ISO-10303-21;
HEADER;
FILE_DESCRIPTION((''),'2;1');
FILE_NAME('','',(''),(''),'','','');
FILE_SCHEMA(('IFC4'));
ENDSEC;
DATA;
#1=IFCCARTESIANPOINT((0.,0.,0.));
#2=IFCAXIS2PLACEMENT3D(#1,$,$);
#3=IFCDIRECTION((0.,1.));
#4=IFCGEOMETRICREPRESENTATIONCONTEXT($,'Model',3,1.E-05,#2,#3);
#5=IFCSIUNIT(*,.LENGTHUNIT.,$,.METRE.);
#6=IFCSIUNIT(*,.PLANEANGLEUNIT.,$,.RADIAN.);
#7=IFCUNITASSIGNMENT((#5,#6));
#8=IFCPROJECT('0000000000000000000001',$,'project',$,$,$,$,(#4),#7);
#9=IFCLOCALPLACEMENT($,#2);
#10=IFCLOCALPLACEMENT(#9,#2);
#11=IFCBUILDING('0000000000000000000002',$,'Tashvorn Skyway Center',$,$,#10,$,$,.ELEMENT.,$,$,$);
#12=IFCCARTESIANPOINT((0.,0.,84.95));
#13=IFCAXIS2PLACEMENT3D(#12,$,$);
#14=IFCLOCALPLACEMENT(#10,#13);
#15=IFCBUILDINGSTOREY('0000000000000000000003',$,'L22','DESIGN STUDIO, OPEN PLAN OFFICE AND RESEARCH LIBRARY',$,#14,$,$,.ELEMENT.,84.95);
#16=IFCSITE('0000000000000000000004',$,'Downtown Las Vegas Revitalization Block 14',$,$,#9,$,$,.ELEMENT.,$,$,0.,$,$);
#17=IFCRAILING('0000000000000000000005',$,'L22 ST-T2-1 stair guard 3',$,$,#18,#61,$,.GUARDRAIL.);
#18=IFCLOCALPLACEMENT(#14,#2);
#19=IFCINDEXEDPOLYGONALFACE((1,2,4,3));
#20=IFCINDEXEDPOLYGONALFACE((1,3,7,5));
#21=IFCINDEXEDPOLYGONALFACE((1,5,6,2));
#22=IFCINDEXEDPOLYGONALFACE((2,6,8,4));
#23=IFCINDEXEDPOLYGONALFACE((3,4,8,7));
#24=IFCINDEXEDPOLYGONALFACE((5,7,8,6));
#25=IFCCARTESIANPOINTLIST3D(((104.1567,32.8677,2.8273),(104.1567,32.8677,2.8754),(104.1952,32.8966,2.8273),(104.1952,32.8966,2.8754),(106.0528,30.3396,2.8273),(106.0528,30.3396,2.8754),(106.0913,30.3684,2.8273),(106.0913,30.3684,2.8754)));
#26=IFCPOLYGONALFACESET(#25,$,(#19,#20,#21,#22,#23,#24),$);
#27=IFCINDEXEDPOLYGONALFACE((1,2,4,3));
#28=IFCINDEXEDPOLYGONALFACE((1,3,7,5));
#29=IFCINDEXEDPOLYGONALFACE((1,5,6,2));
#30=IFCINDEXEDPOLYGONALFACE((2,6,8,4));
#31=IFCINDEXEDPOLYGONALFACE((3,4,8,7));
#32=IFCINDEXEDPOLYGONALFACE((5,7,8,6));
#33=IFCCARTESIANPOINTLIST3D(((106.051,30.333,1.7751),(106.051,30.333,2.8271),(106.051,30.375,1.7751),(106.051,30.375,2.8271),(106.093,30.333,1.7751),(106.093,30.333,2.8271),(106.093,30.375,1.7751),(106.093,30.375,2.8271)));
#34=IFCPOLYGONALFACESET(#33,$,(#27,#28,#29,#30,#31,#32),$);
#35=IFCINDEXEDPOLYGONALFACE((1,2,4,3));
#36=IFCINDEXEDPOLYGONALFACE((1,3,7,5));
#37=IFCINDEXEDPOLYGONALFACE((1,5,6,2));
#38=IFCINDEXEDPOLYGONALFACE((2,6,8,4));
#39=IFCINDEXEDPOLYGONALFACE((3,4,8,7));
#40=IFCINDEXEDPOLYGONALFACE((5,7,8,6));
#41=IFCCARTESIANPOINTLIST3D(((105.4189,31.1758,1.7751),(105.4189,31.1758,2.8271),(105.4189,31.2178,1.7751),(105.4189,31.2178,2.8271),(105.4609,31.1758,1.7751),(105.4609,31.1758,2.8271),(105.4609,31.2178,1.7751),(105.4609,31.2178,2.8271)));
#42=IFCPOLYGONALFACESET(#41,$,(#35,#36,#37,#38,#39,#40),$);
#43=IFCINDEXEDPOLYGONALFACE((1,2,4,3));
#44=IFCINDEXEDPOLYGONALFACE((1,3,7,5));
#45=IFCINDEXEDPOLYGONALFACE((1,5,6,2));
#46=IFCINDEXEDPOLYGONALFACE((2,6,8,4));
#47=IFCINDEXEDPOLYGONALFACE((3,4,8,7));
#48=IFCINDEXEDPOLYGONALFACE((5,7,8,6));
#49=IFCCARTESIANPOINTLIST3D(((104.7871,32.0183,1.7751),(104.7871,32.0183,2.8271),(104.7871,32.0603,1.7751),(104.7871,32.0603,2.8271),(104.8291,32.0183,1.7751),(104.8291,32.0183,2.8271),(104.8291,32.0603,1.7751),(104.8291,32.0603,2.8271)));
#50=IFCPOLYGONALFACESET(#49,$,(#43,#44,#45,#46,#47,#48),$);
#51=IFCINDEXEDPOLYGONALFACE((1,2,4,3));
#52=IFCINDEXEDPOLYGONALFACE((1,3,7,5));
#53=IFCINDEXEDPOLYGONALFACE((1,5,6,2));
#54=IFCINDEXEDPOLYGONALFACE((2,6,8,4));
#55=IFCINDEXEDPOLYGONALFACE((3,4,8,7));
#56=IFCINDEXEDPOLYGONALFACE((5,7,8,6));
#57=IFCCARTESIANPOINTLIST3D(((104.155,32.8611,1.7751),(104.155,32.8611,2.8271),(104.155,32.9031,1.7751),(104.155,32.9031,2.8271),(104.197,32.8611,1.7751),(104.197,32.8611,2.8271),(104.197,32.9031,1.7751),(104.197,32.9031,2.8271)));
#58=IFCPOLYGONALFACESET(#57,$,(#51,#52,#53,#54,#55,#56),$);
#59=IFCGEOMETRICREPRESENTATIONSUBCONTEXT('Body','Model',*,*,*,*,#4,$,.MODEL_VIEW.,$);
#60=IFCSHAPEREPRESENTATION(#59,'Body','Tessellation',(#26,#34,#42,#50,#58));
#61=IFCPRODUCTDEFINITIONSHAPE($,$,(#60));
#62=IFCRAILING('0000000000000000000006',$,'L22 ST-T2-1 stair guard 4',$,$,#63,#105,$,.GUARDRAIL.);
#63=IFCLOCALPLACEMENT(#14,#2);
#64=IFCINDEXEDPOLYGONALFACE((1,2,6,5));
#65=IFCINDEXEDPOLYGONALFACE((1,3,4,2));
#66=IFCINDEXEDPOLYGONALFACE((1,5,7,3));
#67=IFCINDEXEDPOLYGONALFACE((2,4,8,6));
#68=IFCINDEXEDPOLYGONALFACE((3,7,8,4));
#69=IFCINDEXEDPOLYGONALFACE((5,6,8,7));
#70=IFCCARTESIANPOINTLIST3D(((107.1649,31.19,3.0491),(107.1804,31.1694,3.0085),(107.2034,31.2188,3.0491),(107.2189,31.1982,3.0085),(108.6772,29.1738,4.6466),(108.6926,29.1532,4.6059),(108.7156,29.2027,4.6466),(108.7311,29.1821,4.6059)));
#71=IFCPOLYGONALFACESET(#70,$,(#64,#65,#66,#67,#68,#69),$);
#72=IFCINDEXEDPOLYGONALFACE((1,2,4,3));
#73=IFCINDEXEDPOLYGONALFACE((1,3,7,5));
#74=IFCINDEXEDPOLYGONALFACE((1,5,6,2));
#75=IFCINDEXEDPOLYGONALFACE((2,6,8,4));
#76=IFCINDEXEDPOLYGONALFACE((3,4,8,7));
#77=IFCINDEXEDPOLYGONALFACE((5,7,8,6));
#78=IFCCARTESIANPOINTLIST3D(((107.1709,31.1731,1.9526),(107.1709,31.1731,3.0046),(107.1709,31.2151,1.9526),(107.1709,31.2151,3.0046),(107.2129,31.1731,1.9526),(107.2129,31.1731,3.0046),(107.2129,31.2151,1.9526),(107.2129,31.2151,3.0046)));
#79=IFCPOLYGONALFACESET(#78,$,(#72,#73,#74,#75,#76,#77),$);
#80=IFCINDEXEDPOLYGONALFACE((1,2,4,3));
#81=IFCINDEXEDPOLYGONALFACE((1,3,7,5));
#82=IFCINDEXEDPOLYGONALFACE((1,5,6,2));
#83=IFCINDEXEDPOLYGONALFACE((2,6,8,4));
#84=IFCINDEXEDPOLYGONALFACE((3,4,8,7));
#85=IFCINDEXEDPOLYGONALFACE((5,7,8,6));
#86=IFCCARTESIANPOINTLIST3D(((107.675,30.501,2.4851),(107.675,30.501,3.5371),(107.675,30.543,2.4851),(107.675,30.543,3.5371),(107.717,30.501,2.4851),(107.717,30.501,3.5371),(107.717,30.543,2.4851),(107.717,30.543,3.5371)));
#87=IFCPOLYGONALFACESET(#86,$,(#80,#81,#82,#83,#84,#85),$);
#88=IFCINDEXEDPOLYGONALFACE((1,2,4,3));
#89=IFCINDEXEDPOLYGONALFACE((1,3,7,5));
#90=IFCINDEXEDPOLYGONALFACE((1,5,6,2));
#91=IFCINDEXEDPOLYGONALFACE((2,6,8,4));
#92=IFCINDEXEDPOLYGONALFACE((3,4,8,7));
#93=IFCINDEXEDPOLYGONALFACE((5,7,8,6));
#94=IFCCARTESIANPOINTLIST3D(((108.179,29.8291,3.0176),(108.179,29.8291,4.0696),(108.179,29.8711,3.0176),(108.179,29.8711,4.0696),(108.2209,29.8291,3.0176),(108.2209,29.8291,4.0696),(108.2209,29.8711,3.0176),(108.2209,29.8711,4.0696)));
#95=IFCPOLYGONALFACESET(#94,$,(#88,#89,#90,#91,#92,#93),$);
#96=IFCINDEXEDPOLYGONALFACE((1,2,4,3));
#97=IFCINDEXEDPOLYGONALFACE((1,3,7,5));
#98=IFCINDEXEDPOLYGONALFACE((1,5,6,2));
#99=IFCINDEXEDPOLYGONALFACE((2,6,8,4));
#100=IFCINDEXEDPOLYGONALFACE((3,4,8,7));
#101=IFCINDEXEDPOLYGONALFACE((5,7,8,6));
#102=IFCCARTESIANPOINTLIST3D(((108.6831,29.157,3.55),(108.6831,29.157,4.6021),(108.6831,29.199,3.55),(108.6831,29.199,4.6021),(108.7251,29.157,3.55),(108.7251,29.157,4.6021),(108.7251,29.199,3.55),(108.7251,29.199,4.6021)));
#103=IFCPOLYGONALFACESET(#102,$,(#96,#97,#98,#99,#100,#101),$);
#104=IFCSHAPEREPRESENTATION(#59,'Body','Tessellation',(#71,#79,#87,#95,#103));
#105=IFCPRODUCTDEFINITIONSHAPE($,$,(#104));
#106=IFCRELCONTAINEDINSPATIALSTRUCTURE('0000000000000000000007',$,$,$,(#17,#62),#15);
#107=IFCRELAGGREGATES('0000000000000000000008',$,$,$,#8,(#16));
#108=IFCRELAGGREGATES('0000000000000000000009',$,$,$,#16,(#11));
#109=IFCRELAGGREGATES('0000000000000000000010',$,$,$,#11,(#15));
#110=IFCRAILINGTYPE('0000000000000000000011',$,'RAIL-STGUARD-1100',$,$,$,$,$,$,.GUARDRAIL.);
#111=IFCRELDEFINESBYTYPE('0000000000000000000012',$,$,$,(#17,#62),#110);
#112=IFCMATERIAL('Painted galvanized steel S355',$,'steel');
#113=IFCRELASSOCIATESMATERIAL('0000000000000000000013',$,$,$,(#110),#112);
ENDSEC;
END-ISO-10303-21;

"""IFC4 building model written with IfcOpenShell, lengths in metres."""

from ifc_helpers import new_model, si_unit, direction, frame, origin, origin_2d, place, context, subcontext, project, spatial, rectangle, extrude, material, type_object, element, save


model = new_model("IFC4")

# Units and contexts
model_context = context("Model", 3, precision=1e-05, world=origin(), true_north=direction((0.0, 1.0)))
body_context = subcontext(model_context, "Body", "Model", "MODEL_VIEW")
ifc_project = project(units=[si_unit("LENGTHUNIT", "METRE"), si_unit("PLANEANGLEUNIT", "RADIAN")], contexts=[model_context])

# Site, building, storey
site_placement = place(None, origin())
site = spatial("IfcSite", under=ifc_project, at=site_placement, Name="Downtown Las Vegas Revitalization Block 14", CompositionType="ELEMENT", RefElevation=0.0)
building_placement = place(site_placement, origin())
building = spatial("IfcBuilding", under=site, at=building_placement, Name="Tashvorn Skyway Center", CompositionType="ELEMENT")
storey_placement = place(building_placement, frame((0.0, 0.0, 84.95)))
storey = spatial("IfcBuildingStorey", under=building, at=storey_placement, Name="L22", Description="DESIGN STUDIO, OPEN PLAN OFFICE AND RESEARCH LIBRARY", CompositionType="ELEMENT", Elevation=84.95)

# Railings
ifc_material_1 = material(Name="Painted galvanized steel S355", Category="steel")
railing_type_1 = type_object("IfcRailingType", Name="RAIL-STGUARD-1100", PredefinedType="GUARDRAIL", material=ifc_material_1)
railing_1_placement = place(storey_placement, frame((106.072, 30.354, 1.7751)))
element("IfcRailing", 1, at=railing_1_placement, inside=storey, type_object=railing_type_1, Name="L22 ST-T2-1 stair guard 3", PredefinedType="GUARDRAIL", context=body_context, shape_type="SweptSolid", body=[
    extrude(rectangle(XDim=0.0481, YDim=0.0481, at=origin_2d()), frame((0.0, 0.0, 1.0762), z_axis=(-0.599988, 0.800009, 0.0), x_axis=(-0.800009, -0.599988, 0.0)), (0.0, 0.0, 1.0), 3.1602),
    extrude(rectangle(XDim=0.042, YDim=0.042, at=origin_2d()), origin(), (0.0, 0.0, 1.0), 1.052),
    extrude(rectangle(XDim=0.042, YDim=0.042, at=origin_2d()), frame((-0.6321, 0.8428, 0.0)), (0.0, 0.0, 1.0), 1.052),
    extrude(rectangle(XDim=0.042, YDim=0.042, at=origin_2d()), frame((-1.2639, 1.6853, 0.0)), (0.0, 0.0, 1.0), 1.052),
    extrude(rectangle(XDim=0.042, YDim=0.042, at=origin_2d()), frame((-1.896, 2.5281, 0.0)), (0.0, 0.0, 1.0), 1.052),
])
railing_2_placement = place(storey_placement, frame((107.1919, 31.1941, 1.9526)))
element("IfcRailing", 2, at=railing_2_placement, inside=storey, type_object=railing_type_1, Name="L22 ST-T2-1 stair guard 4", PredefinedType="GUARDRAIL", context=body_context, shape_type="SweptSolid", body=[
    extrude(rectangle(XDim=0.0481, YDim=0.0481, at=origin_2d()), frame((0.0, 0.0, 1.0762), z_axis=(0.506802, -0.675681, 0.535357), x_axis=(0.799977, 0.600031, 0.0)), (0.0, 0.0, 1.0), 2.9839),
    extrude(rectangle(XDim=0.042, YDim=0.042, at=origin_2d()), origin(), (0.0, 0.0, 1.0), 1.052),
    extrude(rectangle(XDim=0.042, YDim=0.042, at=origin_2d()), frame((0.5042, -0.6721, 0.5325)), (0.0, 0.0, 1.0), 1.052),
    extrude(rectangle(XDim=0.042, YDim=0.042, at=origin_2d()), frame((1.0081, -1.344, 1.0649)), (0.0, 0.0, 1.0), 1.052),
    extrude(rectangle(XDim=0.042, YDim=0.042, at=origin_2d()), frame((1.5122, -2.0161, 1.5974)), (0.0, 0.0, 1.0), 1.052),
])

save(model, "model.ifc")
